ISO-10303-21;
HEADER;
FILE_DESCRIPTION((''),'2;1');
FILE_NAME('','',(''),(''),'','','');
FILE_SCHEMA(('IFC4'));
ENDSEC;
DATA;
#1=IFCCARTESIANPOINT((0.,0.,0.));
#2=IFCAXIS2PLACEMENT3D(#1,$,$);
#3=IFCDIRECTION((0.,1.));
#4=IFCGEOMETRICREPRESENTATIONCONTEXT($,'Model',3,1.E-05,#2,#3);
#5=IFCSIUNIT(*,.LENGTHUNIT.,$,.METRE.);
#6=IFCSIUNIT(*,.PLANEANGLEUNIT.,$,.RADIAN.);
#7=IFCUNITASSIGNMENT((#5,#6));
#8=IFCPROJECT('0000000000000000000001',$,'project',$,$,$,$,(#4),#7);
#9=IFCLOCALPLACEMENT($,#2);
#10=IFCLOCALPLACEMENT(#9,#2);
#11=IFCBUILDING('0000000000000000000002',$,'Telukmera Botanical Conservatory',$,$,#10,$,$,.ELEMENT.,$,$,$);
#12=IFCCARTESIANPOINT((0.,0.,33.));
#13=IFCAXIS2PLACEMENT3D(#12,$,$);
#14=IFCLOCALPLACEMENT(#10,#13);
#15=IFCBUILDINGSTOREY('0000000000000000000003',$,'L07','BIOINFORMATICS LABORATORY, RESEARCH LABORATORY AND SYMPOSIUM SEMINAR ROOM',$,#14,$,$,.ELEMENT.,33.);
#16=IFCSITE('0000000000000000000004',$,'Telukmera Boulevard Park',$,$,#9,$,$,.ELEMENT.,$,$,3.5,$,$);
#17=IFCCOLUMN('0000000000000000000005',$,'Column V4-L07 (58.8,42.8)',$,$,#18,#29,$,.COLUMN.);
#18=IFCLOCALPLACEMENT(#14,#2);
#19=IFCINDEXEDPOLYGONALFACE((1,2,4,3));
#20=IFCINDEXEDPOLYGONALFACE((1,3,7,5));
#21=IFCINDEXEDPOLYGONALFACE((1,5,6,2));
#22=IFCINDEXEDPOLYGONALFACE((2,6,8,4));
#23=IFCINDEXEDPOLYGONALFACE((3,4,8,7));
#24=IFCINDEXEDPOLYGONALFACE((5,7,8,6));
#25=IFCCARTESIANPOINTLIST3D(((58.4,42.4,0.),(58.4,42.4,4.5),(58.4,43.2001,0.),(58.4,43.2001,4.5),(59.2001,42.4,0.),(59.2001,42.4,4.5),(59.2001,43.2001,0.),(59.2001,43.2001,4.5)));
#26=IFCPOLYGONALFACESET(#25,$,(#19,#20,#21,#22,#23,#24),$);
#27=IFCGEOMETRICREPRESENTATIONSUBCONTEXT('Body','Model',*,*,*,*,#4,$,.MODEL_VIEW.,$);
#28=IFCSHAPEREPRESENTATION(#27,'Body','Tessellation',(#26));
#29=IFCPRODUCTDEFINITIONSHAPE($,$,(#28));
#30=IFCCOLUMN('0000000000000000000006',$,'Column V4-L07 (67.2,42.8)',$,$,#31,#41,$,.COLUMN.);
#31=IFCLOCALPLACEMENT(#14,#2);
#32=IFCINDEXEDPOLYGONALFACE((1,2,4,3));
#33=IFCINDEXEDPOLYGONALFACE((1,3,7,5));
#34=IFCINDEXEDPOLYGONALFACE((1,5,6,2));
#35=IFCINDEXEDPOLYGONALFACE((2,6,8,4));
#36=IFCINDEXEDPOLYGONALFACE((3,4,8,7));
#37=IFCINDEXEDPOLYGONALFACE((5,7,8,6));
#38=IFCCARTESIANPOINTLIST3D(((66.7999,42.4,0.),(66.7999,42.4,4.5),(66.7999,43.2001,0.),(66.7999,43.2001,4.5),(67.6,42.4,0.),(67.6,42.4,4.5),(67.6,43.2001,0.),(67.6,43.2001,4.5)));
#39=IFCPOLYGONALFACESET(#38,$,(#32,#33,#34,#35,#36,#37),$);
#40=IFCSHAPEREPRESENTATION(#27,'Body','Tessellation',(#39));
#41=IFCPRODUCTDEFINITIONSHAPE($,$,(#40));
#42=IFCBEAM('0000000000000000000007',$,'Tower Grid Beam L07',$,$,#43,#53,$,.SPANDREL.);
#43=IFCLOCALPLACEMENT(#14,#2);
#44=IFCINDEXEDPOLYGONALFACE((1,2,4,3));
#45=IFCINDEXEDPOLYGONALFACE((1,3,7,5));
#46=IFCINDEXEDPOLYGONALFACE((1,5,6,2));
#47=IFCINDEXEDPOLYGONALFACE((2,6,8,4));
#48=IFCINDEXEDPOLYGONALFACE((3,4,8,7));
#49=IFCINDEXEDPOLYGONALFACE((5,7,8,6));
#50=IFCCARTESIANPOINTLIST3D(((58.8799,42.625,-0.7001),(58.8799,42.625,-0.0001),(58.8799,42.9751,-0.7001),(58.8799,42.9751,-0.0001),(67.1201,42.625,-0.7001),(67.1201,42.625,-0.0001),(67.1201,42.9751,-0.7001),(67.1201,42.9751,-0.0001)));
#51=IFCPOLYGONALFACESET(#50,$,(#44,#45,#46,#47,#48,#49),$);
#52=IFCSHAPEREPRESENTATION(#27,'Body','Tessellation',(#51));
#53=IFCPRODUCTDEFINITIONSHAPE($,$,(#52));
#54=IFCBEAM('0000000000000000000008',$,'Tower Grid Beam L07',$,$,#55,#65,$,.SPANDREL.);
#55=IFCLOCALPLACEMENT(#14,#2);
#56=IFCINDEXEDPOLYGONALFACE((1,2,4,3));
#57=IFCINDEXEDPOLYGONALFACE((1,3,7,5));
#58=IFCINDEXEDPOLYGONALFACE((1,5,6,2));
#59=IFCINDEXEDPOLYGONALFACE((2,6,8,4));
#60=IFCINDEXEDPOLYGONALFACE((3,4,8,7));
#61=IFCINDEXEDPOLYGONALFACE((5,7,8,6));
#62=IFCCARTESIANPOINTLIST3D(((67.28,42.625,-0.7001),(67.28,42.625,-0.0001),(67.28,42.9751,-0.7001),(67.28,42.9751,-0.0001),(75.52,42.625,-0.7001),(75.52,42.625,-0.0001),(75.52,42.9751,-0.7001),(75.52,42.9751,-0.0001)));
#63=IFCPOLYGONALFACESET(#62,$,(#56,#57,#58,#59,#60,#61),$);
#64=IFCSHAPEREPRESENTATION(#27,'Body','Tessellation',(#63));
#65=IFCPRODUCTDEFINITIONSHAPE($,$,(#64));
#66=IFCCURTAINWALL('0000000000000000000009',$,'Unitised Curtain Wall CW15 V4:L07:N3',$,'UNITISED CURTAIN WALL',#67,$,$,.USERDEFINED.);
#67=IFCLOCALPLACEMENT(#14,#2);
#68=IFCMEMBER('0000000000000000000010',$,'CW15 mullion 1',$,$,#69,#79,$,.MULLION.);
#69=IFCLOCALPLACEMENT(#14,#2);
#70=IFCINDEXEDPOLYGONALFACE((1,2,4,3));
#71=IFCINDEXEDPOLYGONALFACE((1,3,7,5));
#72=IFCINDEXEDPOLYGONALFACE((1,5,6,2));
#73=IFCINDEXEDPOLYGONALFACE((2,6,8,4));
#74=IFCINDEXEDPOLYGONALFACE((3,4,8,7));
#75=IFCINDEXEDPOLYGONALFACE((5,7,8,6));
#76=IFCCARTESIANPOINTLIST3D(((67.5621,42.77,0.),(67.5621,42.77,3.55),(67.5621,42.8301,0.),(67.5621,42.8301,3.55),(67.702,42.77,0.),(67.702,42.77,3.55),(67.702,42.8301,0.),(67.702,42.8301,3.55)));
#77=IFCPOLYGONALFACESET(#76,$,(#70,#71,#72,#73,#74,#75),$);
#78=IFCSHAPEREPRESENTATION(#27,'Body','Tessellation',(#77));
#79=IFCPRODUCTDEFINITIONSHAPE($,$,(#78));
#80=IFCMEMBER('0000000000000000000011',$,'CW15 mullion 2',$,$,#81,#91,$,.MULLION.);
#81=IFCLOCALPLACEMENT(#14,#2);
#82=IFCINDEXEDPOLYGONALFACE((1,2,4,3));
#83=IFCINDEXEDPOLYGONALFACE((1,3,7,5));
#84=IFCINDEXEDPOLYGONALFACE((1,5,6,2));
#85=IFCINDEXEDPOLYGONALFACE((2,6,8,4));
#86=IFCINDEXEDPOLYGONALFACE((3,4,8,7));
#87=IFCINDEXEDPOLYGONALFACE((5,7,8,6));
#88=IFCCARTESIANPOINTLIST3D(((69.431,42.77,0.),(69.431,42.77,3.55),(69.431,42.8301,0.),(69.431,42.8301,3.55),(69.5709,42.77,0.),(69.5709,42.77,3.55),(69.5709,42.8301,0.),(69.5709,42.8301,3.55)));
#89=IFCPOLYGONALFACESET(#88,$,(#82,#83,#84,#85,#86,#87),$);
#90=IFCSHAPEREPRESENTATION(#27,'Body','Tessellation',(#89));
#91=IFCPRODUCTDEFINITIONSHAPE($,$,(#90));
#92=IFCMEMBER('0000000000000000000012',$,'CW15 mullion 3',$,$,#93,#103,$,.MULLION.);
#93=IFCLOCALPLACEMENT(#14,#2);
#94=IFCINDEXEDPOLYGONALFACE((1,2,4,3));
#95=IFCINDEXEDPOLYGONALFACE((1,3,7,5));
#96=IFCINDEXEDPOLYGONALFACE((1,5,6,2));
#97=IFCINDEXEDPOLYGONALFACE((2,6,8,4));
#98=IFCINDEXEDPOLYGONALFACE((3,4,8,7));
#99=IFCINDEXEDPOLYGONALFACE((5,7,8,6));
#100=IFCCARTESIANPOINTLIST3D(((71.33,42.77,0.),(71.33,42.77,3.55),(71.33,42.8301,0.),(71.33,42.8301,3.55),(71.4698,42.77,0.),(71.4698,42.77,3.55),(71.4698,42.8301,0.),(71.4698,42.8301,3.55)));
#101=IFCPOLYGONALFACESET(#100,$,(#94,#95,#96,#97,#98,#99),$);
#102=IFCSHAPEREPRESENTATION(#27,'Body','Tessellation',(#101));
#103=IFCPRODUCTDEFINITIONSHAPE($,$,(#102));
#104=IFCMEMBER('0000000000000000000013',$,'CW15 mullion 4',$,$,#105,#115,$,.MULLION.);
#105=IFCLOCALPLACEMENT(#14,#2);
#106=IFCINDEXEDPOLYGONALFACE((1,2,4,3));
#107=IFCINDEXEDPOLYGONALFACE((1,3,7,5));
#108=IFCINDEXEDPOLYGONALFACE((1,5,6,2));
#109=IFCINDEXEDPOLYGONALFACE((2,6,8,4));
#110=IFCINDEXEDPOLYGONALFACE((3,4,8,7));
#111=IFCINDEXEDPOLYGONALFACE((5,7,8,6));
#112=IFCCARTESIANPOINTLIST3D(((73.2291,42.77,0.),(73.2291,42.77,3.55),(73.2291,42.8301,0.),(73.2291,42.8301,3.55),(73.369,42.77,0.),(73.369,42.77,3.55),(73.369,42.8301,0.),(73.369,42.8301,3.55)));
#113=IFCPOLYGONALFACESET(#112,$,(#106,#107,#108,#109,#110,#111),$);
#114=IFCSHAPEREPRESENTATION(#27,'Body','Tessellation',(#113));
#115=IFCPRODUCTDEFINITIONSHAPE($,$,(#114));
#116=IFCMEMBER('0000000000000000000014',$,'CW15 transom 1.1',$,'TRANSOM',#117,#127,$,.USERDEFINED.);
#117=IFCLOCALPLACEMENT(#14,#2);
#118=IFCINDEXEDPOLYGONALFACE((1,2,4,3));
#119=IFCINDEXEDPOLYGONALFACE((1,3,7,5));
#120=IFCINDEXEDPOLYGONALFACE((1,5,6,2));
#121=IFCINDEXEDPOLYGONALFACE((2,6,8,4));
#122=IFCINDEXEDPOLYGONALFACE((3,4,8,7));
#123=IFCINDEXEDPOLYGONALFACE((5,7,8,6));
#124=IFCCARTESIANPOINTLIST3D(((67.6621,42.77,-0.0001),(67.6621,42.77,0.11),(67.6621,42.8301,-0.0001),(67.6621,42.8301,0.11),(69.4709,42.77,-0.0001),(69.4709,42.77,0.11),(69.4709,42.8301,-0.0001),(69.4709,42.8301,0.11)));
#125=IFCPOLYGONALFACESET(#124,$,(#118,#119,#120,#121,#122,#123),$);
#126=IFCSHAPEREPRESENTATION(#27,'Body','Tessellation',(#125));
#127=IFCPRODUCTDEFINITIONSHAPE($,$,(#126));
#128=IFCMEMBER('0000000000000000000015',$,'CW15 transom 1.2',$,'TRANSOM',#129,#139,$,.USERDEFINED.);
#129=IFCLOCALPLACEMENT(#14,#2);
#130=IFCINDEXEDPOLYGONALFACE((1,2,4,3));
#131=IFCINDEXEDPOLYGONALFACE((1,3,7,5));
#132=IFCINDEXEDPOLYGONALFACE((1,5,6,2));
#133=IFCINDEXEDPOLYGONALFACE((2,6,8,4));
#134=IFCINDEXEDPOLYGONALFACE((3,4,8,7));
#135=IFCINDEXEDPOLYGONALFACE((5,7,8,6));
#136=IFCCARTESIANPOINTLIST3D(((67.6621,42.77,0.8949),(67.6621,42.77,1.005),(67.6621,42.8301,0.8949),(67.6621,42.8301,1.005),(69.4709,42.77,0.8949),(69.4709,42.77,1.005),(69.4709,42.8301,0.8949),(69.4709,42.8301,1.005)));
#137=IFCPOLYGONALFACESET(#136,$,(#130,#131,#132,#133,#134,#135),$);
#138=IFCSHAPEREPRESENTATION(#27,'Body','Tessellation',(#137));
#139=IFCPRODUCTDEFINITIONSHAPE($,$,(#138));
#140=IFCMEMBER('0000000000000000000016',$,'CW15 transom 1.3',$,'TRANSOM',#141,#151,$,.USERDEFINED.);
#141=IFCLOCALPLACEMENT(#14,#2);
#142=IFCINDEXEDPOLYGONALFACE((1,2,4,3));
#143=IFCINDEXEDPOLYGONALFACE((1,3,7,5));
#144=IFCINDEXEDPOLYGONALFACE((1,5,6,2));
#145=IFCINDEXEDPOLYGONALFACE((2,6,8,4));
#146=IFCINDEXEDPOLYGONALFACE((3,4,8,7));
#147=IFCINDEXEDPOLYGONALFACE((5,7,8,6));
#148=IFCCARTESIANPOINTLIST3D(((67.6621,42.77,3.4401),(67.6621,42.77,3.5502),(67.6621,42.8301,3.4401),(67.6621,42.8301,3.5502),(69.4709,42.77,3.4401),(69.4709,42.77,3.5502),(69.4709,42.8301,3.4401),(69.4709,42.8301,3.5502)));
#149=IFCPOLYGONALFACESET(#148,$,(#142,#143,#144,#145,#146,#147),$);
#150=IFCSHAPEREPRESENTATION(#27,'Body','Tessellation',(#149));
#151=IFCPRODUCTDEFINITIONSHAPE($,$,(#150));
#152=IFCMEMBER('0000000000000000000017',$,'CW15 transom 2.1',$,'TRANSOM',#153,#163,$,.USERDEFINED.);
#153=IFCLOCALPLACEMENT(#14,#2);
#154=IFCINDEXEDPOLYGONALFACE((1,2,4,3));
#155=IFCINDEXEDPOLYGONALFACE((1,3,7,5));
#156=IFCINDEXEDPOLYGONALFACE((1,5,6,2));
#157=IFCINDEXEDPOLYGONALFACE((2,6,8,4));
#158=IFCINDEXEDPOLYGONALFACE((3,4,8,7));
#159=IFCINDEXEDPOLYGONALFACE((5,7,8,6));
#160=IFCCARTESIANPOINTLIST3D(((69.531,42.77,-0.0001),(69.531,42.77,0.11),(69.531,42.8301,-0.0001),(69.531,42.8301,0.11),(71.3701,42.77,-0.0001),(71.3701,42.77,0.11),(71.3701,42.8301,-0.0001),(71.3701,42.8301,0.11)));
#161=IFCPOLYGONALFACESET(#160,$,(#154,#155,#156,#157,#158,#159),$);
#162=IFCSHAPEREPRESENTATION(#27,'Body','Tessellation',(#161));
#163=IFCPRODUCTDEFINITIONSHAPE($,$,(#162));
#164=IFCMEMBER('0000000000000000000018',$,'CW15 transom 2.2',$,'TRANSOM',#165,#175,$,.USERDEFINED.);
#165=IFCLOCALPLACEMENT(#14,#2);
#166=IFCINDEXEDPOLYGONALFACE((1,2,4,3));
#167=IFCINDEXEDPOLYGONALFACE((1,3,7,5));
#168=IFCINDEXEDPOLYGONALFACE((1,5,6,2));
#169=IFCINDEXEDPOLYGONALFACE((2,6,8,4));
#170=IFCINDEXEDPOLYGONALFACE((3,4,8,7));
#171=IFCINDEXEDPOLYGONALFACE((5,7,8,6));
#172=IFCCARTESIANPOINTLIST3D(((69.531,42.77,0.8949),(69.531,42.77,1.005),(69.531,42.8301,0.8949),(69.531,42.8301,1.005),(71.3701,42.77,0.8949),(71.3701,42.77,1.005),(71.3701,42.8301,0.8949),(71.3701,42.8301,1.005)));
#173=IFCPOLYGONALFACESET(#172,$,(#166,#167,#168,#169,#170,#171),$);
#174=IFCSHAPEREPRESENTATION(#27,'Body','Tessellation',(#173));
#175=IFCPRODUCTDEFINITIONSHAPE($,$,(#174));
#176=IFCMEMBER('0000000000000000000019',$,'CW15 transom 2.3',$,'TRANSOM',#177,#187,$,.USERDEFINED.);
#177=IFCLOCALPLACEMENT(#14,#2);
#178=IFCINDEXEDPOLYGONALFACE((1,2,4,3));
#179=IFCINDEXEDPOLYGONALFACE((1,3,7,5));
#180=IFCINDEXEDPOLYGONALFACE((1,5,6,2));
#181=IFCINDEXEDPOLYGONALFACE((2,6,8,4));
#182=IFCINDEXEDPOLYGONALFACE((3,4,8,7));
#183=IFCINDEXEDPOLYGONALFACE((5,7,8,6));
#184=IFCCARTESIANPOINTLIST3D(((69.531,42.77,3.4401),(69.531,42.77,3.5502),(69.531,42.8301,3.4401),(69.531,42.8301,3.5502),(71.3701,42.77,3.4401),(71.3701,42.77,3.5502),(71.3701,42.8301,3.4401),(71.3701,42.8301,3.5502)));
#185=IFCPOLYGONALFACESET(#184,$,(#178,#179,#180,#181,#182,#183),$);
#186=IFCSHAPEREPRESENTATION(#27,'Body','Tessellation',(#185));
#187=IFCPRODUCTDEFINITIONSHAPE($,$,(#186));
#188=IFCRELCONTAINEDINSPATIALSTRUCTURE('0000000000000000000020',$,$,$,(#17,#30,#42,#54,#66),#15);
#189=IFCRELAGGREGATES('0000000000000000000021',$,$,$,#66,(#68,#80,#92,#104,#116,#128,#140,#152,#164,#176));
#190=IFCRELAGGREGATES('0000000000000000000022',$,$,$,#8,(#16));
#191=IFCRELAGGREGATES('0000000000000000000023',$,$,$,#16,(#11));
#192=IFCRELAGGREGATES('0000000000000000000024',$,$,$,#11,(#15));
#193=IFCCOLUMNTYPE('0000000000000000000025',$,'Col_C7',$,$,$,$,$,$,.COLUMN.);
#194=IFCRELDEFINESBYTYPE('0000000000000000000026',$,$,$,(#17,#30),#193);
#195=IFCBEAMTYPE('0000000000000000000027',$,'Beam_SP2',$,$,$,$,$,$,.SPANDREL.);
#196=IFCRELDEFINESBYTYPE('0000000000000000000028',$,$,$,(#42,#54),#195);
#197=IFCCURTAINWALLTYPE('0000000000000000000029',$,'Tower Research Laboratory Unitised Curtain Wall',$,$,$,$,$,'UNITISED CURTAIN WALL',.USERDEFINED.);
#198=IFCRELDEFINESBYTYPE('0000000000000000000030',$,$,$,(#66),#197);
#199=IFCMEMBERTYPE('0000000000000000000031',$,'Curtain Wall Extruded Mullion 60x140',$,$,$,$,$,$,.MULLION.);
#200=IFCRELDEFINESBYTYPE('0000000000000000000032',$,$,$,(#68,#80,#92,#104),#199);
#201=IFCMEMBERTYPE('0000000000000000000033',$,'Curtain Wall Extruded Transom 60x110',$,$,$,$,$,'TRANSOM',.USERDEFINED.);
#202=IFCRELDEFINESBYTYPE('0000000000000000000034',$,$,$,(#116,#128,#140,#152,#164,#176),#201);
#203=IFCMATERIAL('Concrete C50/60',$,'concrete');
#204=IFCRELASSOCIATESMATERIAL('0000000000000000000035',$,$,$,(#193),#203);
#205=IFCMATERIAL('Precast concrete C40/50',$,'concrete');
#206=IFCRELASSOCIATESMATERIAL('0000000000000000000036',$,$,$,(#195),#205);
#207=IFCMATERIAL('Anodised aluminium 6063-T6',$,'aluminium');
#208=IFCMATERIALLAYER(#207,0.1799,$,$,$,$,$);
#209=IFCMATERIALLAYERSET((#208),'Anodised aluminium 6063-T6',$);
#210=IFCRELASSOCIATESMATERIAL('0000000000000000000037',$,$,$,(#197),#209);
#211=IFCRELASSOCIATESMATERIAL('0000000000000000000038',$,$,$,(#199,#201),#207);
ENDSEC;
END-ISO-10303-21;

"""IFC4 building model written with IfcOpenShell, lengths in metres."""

from ifc_helpers import new_model, si_unit, direction, frame, origin, origin_2d, place, context, subcontext, project, spatial, rectangle, extrude, material, layer, layer_set, material_profile, profile_set, type_object, element, aggregate, save


model = new_model("IFC4")

# Units and contexts
model_context = context("Model", 3, precision=1e-05, world=origin(), true_north=direction((0.0, 1.0)))
body_context = subcontext(model_context, "Body", "Model", "MODEL_VIEW")
ifc_project = project(units=[si_unit("LENGTHUNIT", "METRE"), si_unit("PLANEANGLEUNIT", "RADIAN")], contexts=[model_context])

# Site, building, storey
site_placement = place(None, origin())
site = spatial("IfcSite", under=ifc_project, at=site_placement, Name="Telukmera Boulevard Park", CompositionType="ELEMENT", RefElevation=3.5)
building_placement = place(site_placement, origin())
building = spatial("IfcBuilding", under=site, at=building_placement, Name="Telukmera Botanical Conservatory", CompositionType="ELEMENT")
storey_placement = place(building_placement, frame((0.0, 0.0, 33.0)))
storey = spatial("IfcBuildingStorey", under=building, at=storey_placement, Name="L07", Description="BIOINFORMATICS LABORATORY, RESEARCH LABORATORY AND SYMPOSIUM SEMINAR ROOM", CompositionType="ELEMENT", Elevation=33.0)

# Columns
ifc_material_1 = material(Name="Concrete C50/60", Category="concrete")
ifc_material_profile_1 = material_profile(ifc_material_1, rectangle(XDim=0.8, YDim=0.8, at=origin_2d()), Name="RC 800x800")
ifc_profile_set_1 = profile_set([ifc_material_profile_1], Name="Concrete C50/60")
column_type = type_object("IfcColumnType", Name="Col_C7", PredefinedType="COLUMN", material=ifc_profile_set_1)
for number, where, z_axis, x_axis, name in (
    (1, (58.8, 42.8, 0.0), (0.0, 0.0, 1.0), (1.0, 0.0, 0.0), "Column V4-L07 (58.8,42.8)"),
    (2, (67.2, 42.8, 0.0), (0.0, 0.0, 1.0), (1.0, 0.0, 0.0), "Column V4-L07 (67.2,42.8)"),
):
    element("IfcColumn", number, at=place(storey_placement, frame(where, z_axis=z_axis, x_axis=x_axis)), inside=storey, type_object=column_type, Name=name, PredefinedType="COLUMN", context=body_context, shape_type="SweptSolid", body=[
        extrude(rectangle(XDim=0.8, YDim=0.8, at=origin_2d()), origin(), (0.0, 0.0, 1.0), 4.5),
    ])

# Beams
ifc_material_2 = material(Name="Precast concrete C40/50", Category="concrete")
ifc_material_profile_2 = material_profile(ifc_material_2, rectangle(XDim=0.3501, YDim=0.7, at=origin_2d()), Name="PC 350x700")
ifc_profile_set_2 = profile_set([ifc_material_profile_2], Name="Precast concrete C40/50")
beam_type = type_object("IfcBeamType", Name="Beam_SP2", PredefinedType="SPANDREL", material=ifc_profile_set_2)
beam_1_placement = place(storey_placement, frame((58.8799, 42.8, -0.3501), z_axis=(1.0, 0.0, 0.0), x_axis=(0.0, 1.0, 0.0)))
element("IfcBeam", 3, at=beam_1_placement, inside=storey, type_object=beam_type, Name="Tower Grid Beam L07", PredefinedType="SPANDREL", context=body_context, shape_type="SweptSolid", body=[
    extrude(rectangle(XDim=0.3501, YDim=0.7, at=origin_2d()), origin(), (0.0, 0.0, 1.0), 8.2402),
])
beam_2_placement = place(storey_placement, frame((67.28, 42.8, -0.3501), z_axis=(1.0, 0.0, 0.0), x_axis=(0.0, 1.0, 0.0)))
element("IfcBeam", 4, at=beam_2_placement, inside=storey, type_object=beam_type, Name="Tower Grid Beam L07", PredefinedType="SPANDREL", context=body_context, shape_type="SweptSolid", body=[
    extrude(rectangle(XDim=0.3501, YDim=0.7, at=origin_2d()), origin(), (0.0, 0.0, 1.0), 8.24),
])

# Curtain wall, members
ifc_material_3 = material(Name="Anodised aluminium 6063-T6", Category="aluminium")
ifc_layer_1 = layer(ifc_material_3, 0.1799)
ifc_layer_set_1 = layer_set([ifc_layer_1], Name="Anodised aluminium 6063-T6")
curtain_wall_type = type_object("IfcCurtainWallType", Name="Tower Research Laboratory Unitised Curtain Wall", ElementType="UNITISED CURTAIN WALL", PredefinedType="USERDEFINED", material=ifc_layer_set_1)
curtain_wall_placement = place(storey_placement, origin())
curtain_wall = element("IfcCurtainWall", 5, at=curtain_wall_placement, inside=storey, type_object=curtain_wall_type, Name="Unitised Curtain Wall CW15 V4:L07:N3", ObjectType="UNITISED CURTAIN WALL", PredefinedType="USERDEFINED")
ifc_material_profile_3 = material_profile(ifc_material_3, rectangle(XDim=0.0601, YDim=0.1399, at=origin_2d()), Name="ALU MULL 60x140")
ifc_profile_set_3 = profile_set([ifc_material_profile_3], Name="Anodised aluminium 6063-T6")
member_type_1 = type_object("IfcMemberType", Name="Curtain Wall Extruded Mullion 60x140", PredefinedType="MULLION", material=ifc_profile_set_3)
member_1_placement = place(storey_placement, frame((67.6321, 42.8, 0.0), z_axis=(0.0, 0.0, 1.0), x_axis=(0.0, 1.0, 0.0)))
member_1 = element("IfcMember", 6, at=member_1_placement, type_object=member_type_1, Name="CW15 mullion 1", PredefinedType="MULLION", context=body_context, shape_type="SweptSolid", body=[
    extrude(rectangle(XDim=0.0601, YDim=0.1399, at=origin_2d()), origin(), (0.0, 0.0, 1.0), 3.55),
])
member_2_placement = place(storey_placement, frame((69.501, 42.8, 0.0), z_axis=(0.0, 0.0, 1.0), x_axis=(0.0, 1.0, 0.0)))
member_2 = element("IfcMember", 7, at=member_2_placement, type_object=member_type_1, Name="CW15 mullion 2", PredefinedType="MULLION", context=body_context, shape_type="SweptSolid", body=[
    extrude(rectangle(XDim=0.0601, YDim=0.1399, at=origin_2d()), origin(), (0.0, 0.0, 1.0), 3.55),
])
member_3_placement = place(storey_placement, frame((71.3999, 42.8, 0.0), z_axis=(0.0, 0.0, 1.0), x_axis=(0.0, 1.0, 0.0)))
member_3 = element("IfcMember", 8, at=member_3_placement, type_object=member_type_1, Name="CW15 mullion 3", PredefinedType="MULLION", context=body_context, shape_type="SweptSolid", body=[
    extrude(rectangle(XDim=0.0601, YDim=0.1399, at=origin_2d()), origin(), (0.0, 0.0, 1.0), 3.55),
])
member_4_placement = place(storey_placement, frame((73.2991, 42.8, 0.0), z_axis=(0.0, 0.0, 1.0), x_axis=(0.0, 1.0, 0.0)))
member_4 = element("IfcMember", 9, at=member_4_placement, type_object=member_type_1, Name="CW15 mullion 4", PredefinedType="MULLION", context=body_context, shape_type="SweptSolid", body=[
    extrude(rectangle(XDim=0.0601, YDim=0.1399, at=origin_2d()), origin(), (0.0, 0.0, 1.0), 3.55),
])
ifc_material_profile_4 = material_profile(ifc_material_3, rectangle(XDim=0.0601, YDim=0.1101, at=origin_2d()), Name="ALU TRAN 60x110")
ifc_profile_set_4 = profile_set([ifc_material_profile_4], Name="Anodised aluminium 6063-T6")
member_type_2 = type_object("IfcMemberType", Name="Curtain Wall Extruded Transom 60x110", ElementType="TRANSOM", PredefinedType="USERDEFINED", material=ifc_profile_set_4)
member_5_placement = place(storey_placement, frame((67.6621, 42.8, 0.0549), z_axis=(1.0, 0.0, 0.0), x_axis=(0.0, 1.0, 0.0)))
member_5 = element("IfcMember", 10, at=member_5_placement, type_object=member_type_2, Name="CW15 transom 1.1", ObjectType="TRANSOM", PredefinedType="USERDEFINED", context=body_context, shape_type="SweptSolid", body=[
    extrude(rectangle(XDim=0.0601, YDim=0.1101, at=origin_2d()), origin(), (0.0, 0.0, 1.0), 1.8088),
])
member_6_placement = place(storey_placement, frame((67.6621, 42.8, 0.95), z_axis=(1.0, 0.0, 0.0), x_axis=(0.0, 1.0, 0.0)))
member_6 = element("IfcMember", 11, at=member_6_placement, type_object=member_type_2, Name="CW15 transom 1.2", ObjectType="TRANSOM", PredefinedType="USERDEFINED", context=body_context, shape_type="SweptSolid", body=[
    extrude(rectangle(XDim=0.0601, YDim=0.1101, at=origin_2d()), origin(), (0.0, 0.0, 1.0), 1.8088),
])
member_7_placement = place(storey_placement, frame((67.6621, 42.8, 3.4951), z_axis=(1.0, 0.0, 0.0), x_axis=(0.0, 1.0, 0.0)))
member_7 = element("IfcMember", 12, at=member_7_placement, type_object=member_type_2, Name="CW15 transom 1.3", ObjectType="TRANSOM", PredefinedType="USERDEFINED", context=body_context, shape_type="SweptSolid", body=[
    extrude(rectangle(XDim=0.0601, YDim=0.1101, at=origin_2d()), origin(), (0.0, 0.0, 1.0), 1.8088),
])
member_8_placement = place(storey_placement, frame((69.531, 42.8, 0.0549), z_axis=(1.0, 0.0, 0.0), x_axis=(0.0, 1.0, 0.0)))
member_8 = element("IfcMember", 13, at=member_8_placement, type_object=member_type_2, Name="CW15 transom 2.1", ObjectType="TRANSOM", PredefinedType="USERDEFINED", context=body_context, shape_type="SweptSolid", body=[
    extrude(rectangle(XDim=0.0601, YDim=0.1101, at=origin_2d()), origin(), (0.0, 0.0, 1.0), 1.8391),
])
member_9_placement = place(storey_placement, frame((69.531, 42.8, 0.95), z_axis=(1.0, 0.0, 0.0), x_axis=(0.0, 1.0, 0.0)))
member_9 = element("IfcMember", 14, at=member_9_placement, type_object=member_type_2, Name="CW15 transom 2.2", ObjectType="TRANSOM", PredefinedType="USERDEFINED", context=body_context, shape_type="SweptSolid", body=[
    extrude(rectangle(XDim=0.0601, YDim=0.1101, at=origin_2d()), origin(), (0.0, 0.0, 1.0), 1.8391),
])
member_10_placement = place(storey_placement, frame((69.531, 42.8, 3.4951), z_axis=(1.0, 0.0, 0.0), x_axis=(0.0, 1.0, 0.0)))
member_10 = element("IfcMember", 15, at=member_10_placement, type_object=member_type_2, Name="CW15 transom 2.3", ObjectType="TRANSOM", PredefinedType="USERDEFINED", context=body_context, shape_type="SweptSolid", body=[
    extrude(rectangle(XDim=0.0601, YDim=0.1101, at=origin_2d()), origin(), (0.0, 0.0, 1.0), 1.8391),
])
aggregate(curtain_wall, [member_1, member_2, member_3, member_4, member_5, member_6, member_7, member_8, member_9, member_10])

save(model, "model.ifc")
